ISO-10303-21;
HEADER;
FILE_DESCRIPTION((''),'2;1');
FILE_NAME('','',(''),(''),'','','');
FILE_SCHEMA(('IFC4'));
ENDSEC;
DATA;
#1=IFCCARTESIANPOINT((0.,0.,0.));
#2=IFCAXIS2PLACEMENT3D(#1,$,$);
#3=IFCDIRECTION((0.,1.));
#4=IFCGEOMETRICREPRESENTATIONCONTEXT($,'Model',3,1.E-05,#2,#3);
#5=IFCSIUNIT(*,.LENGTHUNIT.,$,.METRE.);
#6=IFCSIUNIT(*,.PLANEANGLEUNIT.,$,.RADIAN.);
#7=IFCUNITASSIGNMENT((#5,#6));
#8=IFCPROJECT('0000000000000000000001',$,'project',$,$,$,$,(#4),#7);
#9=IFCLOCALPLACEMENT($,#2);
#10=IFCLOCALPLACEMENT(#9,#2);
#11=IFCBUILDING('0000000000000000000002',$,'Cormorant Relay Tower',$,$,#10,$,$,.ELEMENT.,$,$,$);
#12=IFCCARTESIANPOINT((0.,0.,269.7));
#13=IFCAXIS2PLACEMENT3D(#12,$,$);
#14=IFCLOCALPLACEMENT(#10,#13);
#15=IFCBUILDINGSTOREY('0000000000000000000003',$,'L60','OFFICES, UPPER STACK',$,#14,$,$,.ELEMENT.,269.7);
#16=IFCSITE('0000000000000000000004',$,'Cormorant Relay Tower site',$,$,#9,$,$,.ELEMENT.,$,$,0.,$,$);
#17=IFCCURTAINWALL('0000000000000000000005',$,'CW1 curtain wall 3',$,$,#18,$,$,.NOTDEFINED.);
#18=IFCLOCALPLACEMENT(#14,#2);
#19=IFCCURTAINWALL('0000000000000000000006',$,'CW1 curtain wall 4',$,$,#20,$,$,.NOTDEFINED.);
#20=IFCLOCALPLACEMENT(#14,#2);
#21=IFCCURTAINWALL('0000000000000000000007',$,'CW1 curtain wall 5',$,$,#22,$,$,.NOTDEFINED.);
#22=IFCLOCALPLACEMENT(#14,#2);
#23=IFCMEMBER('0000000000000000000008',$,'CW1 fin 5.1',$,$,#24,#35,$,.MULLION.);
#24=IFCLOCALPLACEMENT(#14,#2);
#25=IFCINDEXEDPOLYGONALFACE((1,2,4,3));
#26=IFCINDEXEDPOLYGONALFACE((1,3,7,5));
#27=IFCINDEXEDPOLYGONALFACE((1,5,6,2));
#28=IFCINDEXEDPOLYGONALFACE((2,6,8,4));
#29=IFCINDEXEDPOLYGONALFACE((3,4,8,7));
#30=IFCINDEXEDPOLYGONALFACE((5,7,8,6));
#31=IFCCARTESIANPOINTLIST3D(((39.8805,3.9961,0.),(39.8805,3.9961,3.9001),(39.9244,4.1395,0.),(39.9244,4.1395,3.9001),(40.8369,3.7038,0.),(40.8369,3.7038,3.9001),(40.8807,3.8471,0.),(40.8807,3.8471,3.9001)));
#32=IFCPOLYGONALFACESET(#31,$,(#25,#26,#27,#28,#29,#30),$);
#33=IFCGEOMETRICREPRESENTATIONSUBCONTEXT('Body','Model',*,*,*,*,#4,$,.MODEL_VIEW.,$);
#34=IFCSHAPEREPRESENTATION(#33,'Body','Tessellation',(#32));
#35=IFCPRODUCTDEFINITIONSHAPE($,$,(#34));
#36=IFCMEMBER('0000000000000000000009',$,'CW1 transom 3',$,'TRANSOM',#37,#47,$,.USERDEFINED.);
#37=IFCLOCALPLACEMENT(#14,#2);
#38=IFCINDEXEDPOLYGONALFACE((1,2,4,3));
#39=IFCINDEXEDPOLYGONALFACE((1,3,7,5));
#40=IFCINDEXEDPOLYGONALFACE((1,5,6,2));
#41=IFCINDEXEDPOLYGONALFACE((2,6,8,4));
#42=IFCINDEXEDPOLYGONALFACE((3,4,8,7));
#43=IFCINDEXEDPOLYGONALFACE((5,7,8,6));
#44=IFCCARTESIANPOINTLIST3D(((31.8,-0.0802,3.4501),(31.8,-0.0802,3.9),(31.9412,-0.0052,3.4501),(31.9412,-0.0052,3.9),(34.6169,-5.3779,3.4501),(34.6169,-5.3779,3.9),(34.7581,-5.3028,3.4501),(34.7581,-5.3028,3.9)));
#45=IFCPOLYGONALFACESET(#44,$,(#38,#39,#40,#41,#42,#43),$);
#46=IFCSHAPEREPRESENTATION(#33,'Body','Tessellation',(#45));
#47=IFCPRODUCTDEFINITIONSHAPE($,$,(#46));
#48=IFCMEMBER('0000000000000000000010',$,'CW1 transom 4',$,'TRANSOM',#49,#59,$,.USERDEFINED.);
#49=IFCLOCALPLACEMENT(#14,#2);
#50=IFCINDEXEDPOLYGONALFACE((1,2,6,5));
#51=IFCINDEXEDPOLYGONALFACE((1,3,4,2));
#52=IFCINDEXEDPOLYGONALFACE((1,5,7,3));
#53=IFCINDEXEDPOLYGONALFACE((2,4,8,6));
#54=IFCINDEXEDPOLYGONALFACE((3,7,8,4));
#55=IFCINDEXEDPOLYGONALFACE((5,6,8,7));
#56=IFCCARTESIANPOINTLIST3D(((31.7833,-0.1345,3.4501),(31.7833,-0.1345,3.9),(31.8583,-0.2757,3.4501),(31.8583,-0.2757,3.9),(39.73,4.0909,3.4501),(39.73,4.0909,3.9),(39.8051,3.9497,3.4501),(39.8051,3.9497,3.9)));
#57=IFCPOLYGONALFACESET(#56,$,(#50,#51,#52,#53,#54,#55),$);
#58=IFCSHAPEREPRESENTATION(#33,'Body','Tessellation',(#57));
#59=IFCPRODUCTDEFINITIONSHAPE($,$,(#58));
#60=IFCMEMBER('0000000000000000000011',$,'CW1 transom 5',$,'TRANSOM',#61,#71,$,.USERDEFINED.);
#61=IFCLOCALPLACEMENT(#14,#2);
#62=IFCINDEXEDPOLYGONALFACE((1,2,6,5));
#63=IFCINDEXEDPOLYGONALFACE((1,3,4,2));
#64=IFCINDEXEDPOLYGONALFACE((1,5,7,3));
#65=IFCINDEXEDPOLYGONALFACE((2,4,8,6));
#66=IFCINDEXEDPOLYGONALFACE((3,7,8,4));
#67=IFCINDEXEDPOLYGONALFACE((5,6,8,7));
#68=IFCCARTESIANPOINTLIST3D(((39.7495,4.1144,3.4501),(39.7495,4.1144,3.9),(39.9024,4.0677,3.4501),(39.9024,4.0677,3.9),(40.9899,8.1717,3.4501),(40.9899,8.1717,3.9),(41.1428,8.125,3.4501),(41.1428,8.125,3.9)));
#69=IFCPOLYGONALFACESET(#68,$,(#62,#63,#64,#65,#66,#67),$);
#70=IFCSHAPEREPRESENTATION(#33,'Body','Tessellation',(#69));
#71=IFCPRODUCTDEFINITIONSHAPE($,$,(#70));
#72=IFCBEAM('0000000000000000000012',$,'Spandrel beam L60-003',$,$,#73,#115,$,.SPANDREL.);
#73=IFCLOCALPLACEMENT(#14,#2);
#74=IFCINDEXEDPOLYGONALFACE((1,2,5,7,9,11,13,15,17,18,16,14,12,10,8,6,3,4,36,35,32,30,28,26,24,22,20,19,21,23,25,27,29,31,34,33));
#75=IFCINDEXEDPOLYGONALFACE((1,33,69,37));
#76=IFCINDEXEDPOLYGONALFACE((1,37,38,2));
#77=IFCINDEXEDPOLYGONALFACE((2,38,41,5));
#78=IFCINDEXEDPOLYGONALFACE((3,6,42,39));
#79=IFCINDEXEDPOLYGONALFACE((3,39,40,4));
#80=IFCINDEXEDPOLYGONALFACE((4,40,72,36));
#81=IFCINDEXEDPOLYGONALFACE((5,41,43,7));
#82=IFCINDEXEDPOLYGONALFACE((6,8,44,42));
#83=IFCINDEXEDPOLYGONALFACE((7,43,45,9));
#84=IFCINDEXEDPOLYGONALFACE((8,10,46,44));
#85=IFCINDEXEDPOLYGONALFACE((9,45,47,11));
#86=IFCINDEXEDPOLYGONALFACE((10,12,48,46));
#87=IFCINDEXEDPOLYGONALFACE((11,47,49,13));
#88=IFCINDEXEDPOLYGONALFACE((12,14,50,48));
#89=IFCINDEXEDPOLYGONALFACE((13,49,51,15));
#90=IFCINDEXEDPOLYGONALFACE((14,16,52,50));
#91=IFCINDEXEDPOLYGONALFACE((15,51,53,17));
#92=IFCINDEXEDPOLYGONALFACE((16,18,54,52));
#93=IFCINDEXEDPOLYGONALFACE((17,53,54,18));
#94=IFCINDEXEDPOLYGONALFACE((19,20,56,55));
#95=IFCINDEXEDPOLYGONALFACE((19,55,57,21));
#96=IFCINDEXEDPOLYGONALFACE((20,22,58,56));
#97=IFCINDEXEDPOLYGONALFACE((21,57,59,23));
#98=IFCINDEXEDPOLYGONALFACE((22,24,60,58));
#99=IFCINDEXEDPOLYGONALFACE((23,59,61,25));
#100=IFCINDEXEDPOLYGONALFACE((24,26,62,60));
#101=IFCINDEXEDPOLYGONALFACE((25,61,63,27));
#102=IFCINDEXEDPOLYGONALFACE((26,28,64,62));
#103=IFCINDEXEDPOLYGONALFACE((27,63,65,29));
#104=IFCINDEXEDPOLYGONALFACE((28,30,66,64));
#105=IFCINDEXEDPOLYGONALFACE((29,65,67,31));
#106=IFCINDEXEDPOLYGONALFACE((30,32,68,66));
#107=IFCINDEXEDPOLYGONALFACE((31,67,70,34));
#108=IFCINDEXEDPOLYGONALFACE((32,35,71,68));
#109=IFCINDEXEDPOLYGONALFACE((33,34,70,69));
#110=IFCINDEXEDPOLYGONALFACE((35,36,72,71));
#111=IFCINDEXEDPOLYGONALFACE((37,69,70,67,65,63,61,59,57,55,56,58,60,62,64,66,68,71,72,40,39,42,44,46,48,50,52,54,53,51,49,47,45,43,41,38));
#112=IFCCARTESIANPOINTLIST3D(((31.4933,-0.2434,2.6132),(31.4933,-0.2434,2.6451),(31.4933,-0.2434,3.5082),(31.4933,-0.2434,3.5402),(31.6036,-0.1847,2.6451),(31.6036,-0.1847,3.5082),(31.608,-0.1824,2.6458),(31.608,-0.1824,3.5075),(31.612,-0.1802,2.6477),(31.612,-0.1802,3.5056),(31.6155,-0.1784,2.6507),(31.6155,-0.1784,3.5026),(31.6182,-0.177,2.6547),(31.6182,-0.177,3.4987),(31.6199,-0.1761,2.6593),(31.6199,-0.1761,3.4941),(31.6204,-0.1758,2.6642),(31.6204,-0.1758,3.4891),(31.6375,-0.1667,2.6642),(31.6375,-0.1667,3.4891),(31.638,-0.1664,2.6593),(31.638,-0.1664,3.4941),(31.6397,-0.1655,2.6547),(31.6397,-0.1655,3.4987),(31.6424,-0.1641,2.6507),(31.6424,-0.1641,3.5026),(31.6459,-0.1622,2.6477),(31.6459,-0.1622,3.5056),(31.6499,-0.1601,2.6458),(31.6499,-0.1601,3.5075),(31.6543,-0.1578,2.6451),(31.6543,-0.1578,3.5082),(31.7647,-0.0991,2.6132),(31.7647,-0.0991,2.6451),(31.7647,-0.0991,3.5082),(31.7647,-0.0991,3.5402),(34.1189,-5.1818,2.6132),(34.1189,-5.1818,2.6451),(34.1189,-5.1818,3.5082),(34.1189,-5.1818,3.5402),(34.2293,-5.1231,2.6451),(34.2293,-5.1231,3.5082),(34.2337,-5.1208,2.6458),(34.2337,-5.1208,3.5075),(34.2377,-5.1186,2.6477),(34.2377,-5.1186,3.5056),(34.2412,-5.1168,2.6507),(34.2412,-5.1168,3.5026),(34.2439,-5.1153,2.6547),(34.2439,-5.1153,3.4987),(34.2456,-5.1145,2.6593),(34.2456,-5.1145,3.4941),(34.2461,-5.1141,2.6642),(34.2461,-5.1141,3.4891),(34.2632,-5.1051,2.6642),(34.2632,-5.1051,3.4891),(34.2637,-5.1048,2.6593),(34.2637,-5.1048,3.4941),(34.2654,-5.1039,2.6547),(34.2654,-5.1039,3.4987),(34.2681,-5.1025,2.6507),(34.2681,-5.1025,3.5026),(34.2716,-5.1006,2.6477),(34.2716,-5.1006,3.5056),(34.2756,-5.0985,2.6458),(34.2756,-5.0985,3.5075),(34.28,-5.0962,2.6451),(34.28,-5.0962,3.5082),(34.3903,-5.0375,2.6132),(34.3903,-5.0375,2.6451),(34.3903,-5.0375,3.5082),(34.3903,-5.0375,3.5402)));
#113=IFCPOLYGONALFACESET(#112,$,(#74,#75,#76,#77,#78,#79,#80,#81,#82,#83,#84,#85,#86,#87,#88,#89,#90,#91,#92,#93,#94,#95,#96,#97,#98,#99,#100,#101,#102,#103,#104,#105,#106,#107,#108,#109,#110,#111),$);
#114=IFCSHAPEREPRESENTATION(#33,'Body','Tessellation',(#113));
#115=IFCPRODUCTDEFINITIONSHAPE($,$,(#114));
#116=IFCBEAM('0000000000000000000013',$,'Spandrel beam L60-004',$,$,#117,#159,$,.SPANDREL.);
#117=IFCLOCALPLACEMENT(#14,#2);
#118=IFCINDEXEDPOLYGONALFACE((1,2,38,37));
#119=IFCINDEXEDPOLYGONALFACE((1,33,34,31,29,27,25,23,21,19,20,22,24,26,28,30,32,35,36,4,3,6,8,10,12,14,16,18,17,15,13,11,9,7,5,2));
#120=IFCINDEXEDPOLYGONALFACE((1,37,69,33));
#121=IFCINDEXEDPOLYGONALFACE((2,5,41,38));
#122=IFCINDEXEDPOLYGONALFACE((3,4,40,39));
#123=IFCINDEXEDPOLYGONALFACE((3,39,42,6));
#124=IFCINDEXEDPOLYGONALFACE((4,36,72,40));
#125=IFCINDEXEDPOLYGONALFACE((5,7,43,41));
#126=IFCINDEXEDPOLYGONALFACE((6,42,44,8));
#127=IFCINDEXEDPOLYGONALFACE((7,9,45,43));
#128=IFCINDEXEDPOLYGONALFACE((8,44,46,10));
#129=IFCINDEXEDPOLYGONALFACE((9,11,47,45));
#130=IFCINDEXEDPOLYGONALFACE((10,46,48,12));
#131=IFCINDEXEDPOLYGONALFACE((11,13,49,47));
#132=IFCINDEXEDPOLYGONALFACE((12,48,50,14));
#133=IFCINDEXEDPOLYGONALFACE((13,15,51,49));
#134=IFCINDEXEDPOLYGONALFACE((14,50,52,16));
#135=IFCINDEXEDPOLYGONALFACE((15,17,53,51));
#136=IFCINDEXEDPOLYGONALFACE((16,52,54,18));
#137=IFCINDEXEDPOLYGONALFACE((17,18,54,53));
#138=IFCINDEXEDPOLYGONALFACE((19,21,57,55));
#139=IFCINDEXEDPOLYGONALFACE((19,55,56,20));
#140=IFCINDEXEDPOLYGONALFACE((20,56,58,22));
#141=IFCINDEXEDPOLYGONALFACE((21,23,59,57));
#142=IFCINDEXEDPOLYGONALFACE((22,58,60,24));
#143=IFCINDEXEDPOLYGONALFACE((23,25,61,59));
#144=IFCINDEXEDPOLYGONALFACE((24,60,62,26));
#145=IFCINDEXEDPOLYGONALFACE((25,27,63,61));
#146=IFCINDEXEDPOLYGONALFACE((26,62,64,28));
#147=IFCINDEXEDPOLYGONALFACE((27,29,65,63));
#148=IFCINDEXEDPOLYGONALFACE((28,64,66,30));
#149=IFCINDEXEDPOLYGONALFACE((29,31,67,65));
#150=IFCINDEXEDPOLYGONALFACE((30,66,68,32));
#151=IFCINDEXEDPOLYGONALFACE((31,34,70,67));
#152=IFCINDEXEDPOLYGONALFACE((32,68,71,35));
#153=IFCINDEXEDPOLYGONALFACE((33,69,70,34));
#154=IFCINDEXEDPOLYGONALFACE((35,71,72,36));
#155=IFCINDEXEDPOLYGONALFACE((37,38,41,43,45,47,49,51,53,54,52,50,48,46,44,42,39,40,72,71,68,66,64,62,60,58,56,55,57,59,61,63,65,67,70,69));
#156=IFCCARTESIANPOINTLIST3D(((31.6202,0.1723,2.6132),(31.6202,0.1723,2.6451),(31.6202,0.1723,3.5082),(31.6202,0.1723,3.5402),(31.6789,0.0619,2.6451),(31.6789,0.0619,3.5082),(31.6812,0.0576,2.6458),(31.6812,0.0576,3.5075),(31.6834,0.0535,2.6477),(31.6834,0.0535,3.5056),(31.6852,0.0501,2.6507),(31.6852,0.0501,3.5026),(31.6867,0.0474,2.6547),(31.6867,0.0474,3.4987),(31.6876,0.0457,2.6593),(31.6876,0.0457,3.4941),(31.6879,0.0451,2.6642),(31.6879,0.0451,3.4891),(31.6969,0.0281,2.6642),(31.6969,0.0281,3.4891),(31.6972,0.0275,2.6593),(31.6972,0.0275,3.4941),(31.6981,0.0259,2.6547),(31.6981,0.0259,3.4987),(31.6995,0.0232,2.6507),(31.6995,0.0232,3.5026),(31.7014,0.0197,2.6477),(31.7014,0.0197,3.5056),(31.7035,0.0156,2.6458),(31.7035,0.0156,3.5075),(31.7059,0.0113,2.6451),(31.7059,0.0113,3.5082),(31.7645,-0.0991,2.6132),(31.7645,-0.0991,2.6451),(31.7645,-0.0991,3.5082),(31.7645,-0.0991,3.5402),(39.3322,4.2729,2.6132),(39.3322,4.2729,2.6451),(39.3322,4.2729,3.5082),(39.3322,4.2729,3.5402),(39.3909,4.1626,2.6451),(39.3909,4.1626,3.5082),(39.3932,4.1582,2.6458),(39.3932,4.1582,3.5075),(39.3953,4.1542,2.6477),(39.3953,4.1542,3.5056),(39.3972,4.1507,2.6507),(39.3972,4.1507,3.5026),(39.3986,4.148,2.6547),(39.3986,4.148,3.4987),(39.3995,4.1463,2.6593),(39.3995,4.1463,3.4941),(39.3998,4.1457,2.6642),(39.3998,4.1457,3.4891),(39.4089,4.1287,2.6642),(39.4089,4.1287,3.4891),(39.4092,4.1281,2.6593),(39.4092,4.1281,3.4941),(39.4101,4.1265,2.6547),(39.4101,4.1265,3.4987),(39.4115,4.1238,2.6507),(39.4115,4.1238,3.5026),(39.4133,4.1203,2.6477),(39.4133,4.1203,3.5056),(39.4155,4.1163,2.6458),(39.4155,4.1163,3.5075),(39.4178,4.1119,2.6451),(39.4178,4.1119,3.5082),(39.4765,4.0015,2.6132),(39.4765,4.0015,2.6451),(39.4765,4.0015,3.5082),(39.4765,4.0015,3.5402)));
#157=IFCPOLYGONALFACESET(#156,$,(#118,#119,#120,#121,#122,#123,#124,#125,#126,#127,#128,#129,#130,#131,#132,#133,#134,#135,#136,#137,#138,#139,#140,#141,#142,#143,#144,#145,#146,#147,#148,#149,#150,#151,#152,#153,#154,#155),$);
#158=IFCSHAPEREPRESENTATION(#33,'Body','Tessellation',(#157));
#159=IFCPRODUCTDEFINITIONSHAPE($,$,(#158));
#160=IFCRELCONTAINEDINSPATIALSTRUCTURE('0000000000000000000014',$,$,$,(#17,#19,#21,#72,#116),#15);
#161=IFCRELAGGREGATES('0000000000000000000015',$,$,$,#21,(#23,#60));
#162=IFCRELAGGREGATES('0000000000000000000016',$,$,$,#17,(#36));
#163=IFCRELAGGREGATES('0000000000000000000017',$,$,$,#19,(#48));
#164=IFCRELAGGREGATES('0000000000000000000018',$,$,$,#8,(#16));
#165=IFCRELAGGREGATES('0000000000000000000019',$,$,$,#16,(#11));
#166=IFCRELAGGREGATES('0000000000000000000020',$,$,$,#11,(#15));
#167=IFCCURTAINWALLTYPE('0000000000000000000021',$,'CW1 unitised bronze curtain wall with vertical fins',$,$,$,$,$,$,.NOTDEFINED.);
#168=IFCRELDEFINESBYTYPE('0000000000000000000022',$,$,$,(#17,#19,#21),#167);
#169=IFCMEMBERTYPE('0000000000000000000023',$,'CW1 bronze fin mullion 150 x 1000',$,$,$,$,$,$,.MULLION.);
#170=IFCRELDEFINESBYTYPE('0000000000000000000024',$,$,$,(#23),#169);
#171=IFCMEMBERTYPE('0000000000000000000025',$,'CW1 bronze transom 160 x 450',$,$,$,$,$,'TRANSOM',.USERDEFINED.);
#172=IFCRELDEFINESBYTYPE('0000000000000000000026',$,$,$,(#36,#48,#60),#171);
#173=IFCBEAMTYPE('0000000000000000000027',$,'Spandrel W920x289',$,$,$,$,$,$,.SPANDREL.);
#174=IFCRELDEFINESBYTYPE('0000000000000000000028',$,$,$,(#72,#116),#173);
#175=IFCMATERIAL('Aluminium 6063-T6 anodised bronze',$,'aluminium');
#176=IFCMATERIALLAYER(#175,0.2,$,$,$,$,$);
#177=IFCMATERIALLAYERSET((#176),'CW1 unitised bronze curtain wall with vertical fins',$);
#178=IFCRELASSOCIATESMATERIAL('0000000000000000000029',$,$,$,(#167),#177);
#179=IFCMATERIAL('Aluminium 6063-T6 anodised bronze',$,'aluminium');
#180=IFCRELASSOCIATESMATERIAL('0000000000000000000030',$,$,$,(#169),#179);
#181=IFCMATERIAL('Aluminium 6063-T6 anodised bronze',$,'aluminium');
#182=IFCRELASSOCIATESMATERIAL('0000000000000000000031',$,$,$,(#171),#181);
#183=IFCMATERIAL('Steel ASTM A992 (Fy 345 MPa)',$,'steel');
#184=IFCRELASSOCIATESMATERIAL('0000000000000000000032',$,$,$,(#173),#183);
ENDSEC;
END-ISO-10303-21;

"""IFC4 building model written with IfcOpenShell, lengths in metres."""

from ifc_helpers import new_model, si_unit, direction, frame, origin, origin_2d, place, context, subcontext, project, spatial, rectangle, i_section, extrude, material, layer, layer_set, material_profile, profile_set, type_object, element, aggregate, save


model = new_model("IFC4")

# Units and contexts
model_context = context("Model", 3, precision=1e-05, world=origin(), true_north=direction((0.0, 1.0)))
body_context = subcontext(model_context, "Body", "Model", "MODEL_VIEW")
ifc_project = project(units=[si_unit("LENGTHUNIT", "METRE"), si_unit("PLANEANGLEUNIT", "RADIAN")], contexts=[model_context])

# Site, building, storey
site_placement = place(None, origin())
site = spatial("IfcSite", under=ifc_project, at=site_placement, Name="Cormorant Relay Tower site", CompositionType="ELEMENT", RefElevation=0.0)
building_placement = place(site_placement, origin())
building = spatial("IfcBuilding", under=site, at=building_placement, Name="Cormorant Relay Tower", CompositionType="ELEMENT")
storey_placement = place(building_placement, frame((0.0, 0.0, 269.7)))
storey = spatial("IfcBuildingStorey", under=building, at=storey_placement, Name="L60", Description="OFFICES, UPPER STACK", CompositionType="ELEMENT", Elevation=269.7)

# Curtain wall
ifc_material_1 = material(Name="Aluminium 6063-T6 anodised bronze", Category="aluminium")
ifc_layer_1 = layer(ifc_material_1, 0.2)
ifc_layer_set_1 = layer_set([ifc_layer_1], Name="CW1 unitised bronze curtain wall with vertical fins")
curtain_wall_type = type_object("IfcCurtainWallType", Name="CW1 unitised bronze curtain wall with vertical fins", PredefinedType="NOTDEFINED", material=ifc_layer_set_1)
ifc_material_2 = material(Name="Aluminium 6063-T6 anodised bronze", Category="aluminium")
ifc_material_profile_1 = material_profile(ifc_material_2, rectangle(XDim=0.1499, YDim=1.0, at=origin_2d()), Name="AL 150x1000")
ifc_profile_set_1 = profile_set([ifc_material_profile_1], Name="Aluminium 6063-T6 anodised bronze")
member_type_1 = type_object("IfcMemberType", Name="CW1 bronze fin mullion 150 x 1000", PredefinedType="MULLION", material=ifc_profile_set_1)
curtain_wall_1_placement = place(storey_placement, origin())
curtain_wall_1 = element("IfcCurtainWall", 1, at=curtain_wall_1_placement, inside=storey, type_object=curtain_wall_type, Name="CW1 curtain wall 3", PredefinedType="NOTDEFINED")

# Curtain wall
curtain_wall_2_placement = place(storey_placement, origin())
curtain_wall_2 = element("IfcCurtainWall", 2, at=curtain_wall_2_placement, inside=storey, type_object=curtain_wall_type, Name="CW1 curtain wall 4", PredefinedType="NOTDEFINED")

# Curtain wall, member
curtain_wall_3_placement = place(storey_placement, origin())
curtain_wall_3 = element("IfcCurtainWall", 3, at=curtain_wall_3_placement, inside=storey, type_object=curtain_wall_type, Name="CW1 curtain wall 5", PredefinedType="NOTDEFINED")
member_1_placement = place(storey_placement, frame((40.3806, 3.9216, 0.0), z_axis=(0.0, 0.0, 1.0), x_axis=(0.292372, 0.956305, 0.0)))
member_1 = element("IfcMember", 4, at=member_1_placement, type_object=member_type_1, Name="CW1 fin 5.1", PredefinedType="MULLION", context=body_context, shape_type="SweptSolid", body=[
    extrude(rectangle(XDim=0.1499, YDim=1.0, at=origin_2d()), origin(), (0.0, 0.0, 1.0), 3.9001),
])

# Members
ifc_material_3 = material(Name="Aluminium 6063-T6 anodised bronze", Category="aluminium")
ifc_material_profile_2 = material_profile(ifc_material_3, rectangle(XDim=0.1599, YDim=0.45, at=origin_2d()), Name="AL 160x450")
ifc_profile_set_2 = profile_set([ifc_material_profile_2], Name="Aluminium 6063-T6 anodised bronze")
member_type_2 = type_object("IfcMemberType", Name="CW1 bronze transom 160 x 450", ElementType="TRANSOM", PredefinedType="USERDEFINED", material=ifc_profile_set_2)
member_2_placement = place(storey_placement, frame((34.6875, -5.3403, 3.675), z_axis=(-0.469485, 0.88294, 0.0), x_axis=(-0.88294, -0.469485, 0.0)))
member_2 = element("IfcMember", 5, at=member_2_placement, type_object=member_type_2, Name="CW1 transom 3", ObjectType="TRANSOM", PredefinedType="USERDEFINED", context=body_context, shape_type="SweptSolid", body=[
    extrude(rectangle(XDim=0.1599, YDim=0.45, at=origin_2d()), origin(), (0.0, 0.0, 1.0), 6.0),
])
member_3_placement = place(storey_placement, frame((31.8208, -0.2051, 3.675), z_axis=(0.882949, 0.469469, 0.0), x_axis=(-0.469469, 0.882949, 0.0)))
member_3 = element("IfcMember", 6, at=member_3_placement, type_object=member_type_2, Name="CW1 transom 4", ObjectType="TRANSOM", PredefinedType="USERDEFINED", context=body_context, shape_type="SweptSolid", body=[
    extrude(rectangle(XDim=0.1599, YDim=0.45, at=origin_2d()), origin(), (0.0, 0.0, 1.0), 9.0002),
])
member_4_placement = place(storey_placement, frame((39.8259, 4.0911, 3.675), z_axis=(0.292375, 0.956304, 0.0), x_axis=(-0.956304, 0.292375, 0.0)))
member_4 = element("IfcMember", 7, at=member_4_placement, type_object=member_type_2, Name="CW1 transom 5", ObjectType="TRANSOM", PredefinedType="USERDEFINED", context=body_context, shape_type="SweptSolid", body=[
    extrude(rectangle(XDim=0.1599, YDim=0.45, at=origin_2d()), origin(), (0.0, 0.0, 1.0), 4.2427),
])
aggregate(curtain_wall_3, [member_1, member_4])

# Beams
ifc_material_4 = material(Name="Steel ASTM A992 (Fy 345 MPa)", Category="steel")
ifc_material_profile_3 = material_profile(ifc_material_4, i_section(OverallWidth=0.3074, OverallDepth=0.927, WebThickness=0.0193, FlangeThickness=0.032, FilletRadius=0.019, at=origin_2d()), Name="W920x289")
ifc_profile_set_3 = profile_set([ifc_material_profile_3], Name="Steel ASTM A992 (Fy 345 MPa)")
beam_type = type_object("IfcBeamType", Name="Spandrel W920x289", PredefinedType="SPANDREL", material=ifc_profile_set_3)
beam_1_placement = place(storey_placement, frame((34.2546, -5.1096, 3.0767), z_axis=(-0.469457, 0.882955, 0.0), x_axis=(-0.882955, -0.469457, 0.0)))
element("IfcBeam", 8, at=beam_1_placement, inside=storey, type_object=beam_type, Name="Spandrel beam L60-003", PredefinedType="SPANDREL", context=body_context, shape_type="SweptSolid", body=[
    extrude(i_section(OverallWidth=0.3074, OverallDepth=0.927, WebThickness=0.0193, FlangeThickness=0.032, FilletRadius=0.019, at=origin_2d()), origin(), (0.0, 0.0, 1.0), 5.593),
])
beam_2_placement = place(storey_placement, frame((31.6924, 0.0366, 3.0767), z_axis=(0.882943, 0.469479, 0.0), x_axis=(-0.469479, 0.882943, 0.0)))
element("IfcBeam", 9, at=beam_2_placement, inside=storey, type_object=beam_type, Name="Spandrel beam L60-004", PredefinedType="SPANDREL", context=body_context, shape_type="SweptSolid", body=[
    extrude(i_section(OverallWidth=0.3074, OverallDepth=0.927, WebThickness=0.0193, FlangeThickness=0.032, FilletRadius=0.019, at=origin_2d()), origin(), (0.0, 0.0, 1.0), 8.7344),
])

aggregate(curtain_wall_1, [member_2])
aggregate(curtain_wall_2, [member_3])

save(model, "model.ifc")
